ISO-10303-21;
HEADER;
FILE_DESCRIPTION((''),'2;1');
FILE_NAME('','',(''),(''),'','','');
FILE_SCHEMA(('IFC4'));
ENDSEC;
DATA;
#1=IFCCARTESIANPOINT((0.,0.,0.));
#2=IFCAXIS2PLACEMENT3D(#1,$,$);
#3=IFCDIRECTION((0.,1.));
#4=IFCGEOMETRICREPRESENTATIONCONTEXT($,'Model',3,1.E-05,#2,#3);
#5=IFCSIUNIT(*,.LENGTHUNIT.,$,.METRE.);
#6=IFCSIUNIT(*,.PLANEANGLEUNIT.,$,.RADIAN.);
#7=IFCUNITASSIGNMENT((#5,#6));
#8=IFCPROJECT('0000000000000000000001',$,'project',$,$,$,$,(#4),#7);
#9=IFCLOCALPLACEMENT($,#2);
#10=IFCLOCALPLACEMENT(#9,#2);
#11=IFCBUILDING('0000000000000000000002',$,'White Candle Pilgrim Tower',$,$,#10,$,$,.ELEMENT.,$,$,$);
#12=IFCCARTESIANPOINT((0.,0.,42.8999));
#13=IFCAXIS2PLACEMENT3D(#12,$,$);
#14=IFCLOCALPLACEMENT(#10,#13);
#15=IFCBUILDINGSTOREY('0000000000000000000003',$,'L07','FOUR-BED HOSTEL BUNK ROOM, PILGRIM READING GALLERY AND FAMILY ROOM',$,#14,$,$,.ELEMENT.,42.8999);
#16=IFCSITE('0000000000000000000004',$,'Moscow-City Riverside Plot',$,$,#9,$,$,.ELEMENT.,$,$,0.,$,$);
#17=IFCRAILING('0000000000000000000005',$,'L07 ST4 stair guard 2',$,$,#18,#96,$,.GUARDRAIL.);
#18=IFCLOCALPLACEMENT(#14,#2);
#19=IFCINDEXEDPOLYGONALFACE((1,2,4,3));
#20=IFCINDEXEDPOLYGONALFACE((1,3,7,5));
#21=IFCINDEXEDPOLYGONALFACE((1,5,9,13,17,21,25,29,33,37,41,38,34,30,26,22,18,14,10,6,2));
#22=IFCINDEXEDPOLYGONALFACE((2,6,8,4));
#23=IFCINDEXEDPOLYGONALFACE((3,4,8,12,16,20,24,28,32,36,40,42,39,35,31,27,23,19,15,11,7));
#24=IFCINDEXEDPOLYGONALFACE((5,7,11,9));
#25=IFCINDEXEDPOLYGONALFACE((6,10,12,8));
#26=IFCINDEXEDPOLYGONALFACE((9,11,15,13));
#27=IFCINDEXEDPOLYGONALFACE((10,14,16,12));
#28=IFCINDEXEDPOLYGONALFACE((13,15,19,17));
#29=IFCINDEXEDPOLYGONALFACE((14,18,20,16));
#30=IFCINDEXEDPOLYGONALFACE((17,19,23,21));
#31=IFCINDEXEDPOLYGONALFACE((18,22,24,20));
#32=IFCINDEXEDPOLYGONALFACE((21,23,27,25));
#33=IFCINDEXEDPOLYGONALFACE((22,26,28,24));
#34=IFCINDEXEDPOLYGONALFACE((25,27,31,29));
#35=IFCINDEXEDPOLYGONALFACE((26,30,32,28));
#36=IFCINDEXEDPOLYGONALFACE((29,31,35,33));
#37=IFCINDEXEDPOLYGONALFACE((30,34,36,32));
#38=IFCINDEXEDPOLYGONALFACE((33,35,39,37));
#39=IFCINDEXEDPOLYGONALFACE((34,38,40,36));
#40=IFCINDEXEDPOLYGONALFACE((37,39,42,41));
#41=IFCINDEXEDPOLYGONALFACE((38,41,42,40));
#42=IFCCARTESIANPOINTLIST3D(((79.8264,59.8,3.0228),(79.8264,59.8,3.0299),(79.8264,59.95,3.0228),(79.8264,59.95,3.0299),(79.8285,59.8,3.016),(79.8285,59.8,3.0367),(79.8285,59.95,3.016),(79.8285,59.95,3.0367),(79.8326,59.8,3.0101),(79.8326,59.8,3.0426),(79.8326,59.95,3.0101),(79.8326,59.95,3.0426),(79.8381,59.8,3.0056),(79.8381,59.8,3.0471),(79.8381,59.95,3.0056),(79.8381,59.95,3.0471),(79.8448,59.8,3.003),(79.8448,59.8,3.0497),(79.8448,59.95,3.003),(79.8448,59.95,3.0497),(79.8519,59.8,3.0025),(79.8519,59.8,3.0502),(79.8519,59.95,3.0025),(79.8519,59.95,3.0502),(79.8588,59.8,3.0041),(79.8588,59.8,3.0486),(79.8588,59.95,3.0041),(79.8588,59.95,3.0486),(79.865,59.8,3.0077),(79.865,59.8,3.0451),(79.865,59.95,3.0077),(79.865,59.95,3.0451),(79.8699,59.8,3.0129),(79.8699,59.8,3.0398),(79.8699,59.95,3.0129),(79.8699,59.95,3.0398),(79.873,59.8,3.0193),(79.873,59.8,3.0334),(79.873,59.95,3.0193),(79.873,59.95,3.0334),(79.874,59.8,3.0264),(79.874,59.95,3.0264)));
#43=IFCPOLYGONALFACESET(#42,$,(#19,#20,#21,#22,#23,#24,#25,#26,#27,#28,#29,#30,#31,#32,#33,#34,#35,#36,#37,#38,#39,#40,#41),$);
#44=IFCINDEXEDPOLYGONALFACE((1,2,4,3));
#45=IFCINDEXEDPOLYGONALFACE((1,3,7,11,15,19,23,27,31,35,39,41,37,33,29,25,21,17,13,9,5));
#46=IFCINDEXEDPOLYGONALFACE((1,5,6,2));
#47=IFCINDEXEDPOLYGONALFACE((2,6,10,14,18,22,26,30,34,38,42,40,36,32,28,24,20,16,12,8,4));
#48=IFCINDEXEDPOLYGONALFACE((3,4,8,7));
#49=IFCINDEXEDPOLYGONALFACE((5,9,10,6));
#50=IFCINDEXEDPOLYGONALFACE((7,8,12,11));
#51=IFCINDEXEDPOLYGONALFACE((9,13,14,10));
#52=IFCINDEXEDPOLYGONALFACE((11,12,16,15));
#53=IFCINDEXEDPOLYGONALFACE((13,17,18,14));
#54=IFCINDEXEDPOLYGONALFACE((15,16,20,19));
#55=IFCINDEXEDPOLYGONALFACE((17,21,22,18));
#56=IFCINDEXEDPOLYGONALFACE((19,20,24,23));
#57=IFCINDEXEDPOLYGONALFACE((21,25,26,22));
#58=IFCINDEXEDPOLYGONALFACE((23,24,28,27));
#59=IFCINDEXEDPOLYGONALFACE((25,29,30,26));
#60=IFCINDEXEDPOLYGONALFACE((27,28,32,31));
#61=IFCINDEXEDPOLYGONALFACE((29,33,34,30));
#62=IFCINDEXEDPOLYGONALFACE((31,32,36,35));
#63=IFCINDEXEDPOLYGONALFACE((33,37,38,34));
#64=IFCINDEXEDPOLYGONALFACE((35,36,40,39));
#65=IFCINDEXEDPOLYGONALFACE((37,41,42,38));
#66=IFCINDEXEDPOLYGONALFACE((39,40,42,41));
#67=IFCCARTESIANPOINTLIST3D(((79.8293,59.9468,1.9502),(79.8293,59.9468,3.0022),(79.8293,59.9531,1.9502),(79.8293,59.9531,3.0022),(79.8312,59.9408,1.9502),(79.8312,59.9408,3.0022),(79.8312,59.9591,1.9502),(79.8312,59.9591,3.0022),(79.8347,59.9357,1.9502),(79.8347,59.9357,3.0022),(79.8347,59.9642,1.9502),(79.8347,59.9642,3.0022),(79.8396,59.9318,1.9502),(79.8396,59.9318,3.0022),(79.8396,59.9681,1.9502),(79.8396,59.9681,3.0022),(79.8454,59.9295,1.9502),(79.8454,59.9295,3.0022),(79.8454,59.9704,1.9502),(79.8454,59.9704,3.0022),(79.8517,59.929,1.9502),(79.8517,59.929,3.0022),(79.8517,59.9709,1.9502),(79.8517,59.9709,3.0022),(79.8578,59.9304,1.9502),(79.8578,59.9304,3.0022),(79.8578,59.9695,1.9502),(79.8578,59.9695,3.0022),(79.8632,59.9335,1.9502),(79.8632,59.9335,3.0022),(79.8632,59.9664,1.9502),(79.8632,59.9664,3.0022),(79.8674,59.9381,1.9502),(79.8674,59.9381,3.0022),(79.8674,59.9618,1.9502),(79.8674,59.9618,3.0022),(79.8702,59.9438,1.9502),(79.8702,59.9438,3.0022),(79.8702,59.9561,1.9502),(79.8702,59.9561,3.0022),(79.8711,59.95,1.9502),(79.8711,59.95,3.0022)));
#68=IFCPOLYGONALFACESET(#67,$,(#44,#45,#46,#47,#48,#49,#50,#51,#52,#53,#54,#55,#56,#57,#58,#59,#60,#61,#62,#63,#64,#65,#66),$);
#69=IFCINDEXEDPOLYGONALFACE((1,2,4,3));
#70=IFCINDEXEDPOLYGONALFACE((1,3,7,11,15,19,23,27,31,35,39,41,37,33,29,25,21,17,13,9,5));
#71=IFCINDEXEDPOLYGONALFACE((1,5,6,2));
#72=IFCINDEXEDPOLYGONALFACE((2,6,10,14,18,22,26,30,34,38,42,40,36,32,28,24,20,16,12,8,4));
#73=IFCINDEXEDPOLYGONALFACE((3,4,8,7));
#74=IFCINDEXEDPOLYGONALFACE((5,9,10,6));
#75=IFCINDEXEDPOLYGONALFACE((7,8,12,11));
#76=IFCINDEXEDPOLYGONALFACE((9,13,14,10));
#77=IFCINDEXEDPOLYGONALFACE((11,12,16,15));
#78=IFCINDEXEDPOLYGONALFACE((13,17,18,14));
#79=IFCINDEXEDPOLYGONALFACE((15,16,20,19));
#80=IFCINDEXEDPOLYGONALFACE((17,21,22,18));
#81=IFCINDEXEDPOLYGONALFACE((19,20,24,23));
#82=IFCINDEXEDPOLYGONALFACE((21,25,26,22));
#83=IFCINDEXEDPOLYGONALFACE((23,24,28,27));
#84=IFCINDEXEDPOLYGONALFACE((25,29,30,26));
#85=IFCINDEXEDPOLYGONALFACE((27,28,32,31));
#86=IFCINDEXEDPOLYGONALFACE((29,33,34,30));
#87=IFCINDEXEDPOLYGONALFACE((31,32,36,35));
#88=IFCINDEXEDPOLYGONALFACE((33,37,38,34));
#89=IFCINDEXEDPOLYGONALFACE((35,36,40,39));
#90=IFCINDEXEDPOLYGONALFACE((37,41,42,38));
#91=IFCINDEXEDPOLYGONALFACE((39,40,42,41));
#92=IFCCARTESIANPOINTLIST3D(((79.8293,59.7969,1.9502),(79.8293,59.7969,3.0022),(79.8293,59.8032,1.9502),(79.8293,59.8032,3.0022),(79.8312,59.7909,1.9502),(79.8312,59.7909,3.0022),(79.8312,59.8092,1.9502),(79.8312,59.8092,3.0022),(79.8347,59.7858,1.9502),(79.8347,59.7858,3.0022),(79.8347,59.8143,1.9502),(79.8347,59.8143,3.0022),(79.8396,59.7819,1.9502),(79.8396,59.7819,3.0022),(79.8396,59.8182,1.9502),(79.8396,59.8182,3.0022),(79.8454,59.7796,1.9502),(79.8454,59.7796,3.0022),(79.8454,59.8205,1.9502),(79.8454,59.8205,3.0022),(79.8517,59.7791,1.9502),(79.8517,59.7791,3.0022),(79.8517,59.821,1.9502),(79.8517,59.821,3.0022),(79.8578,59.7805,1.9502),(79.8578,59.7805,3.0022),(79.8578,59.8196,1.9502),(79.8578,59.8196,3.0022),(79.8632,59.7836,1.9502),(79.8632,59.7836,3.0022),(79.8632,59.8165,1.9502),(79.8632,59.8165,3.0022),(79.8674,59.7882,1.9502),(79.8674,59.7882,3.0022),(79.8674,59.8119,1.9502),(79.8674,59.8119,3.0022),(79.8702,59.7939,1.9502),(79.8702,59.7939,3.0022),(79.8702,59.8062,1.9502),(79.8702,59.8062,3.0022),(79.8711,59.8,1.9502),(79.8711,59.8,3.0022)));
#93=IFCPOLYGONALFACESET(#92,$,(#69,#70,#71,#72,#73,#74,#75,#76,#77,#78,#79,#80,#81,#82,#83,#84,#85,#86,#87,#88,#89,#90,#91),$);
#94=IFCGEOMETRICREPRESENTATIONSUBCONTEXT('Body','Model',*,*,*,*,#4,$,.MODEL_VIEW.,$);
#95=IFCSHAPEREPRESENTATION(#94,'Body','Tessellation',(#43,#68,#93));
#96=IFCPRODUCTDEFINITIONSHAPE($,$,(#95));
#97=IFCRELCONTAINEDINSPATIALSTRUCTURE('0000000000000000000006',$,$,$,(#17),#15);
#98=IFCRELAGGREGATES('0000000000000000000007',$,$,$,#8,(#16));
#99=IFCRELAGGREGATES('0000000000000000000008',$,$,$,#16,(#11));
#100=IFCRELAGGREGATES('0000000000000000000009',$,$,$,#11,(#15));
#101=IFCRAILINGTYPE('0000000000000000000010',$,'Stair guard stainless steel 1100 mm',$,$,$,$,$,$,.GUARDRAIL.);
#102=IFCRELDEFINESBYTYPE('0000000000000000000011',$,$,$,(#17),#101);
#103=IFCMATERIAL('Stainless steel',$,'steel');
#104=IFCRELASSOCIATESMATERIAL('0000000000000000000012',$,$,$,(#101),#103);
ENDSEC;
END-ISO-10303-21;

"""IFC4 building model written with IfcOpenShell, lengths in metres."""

from ifc_helpers import new_model, si_unit, direction, frame, origin, origin_2d, place, context, subcontext, project, spatial, circle, extrude, material, type_object, element, save


model = new_model("IFC4")

# Units and contexts
model_context = context("Model", 3, precision=1e-05, world=origin(), true_north=direction((0.0, 1.0)))
body_context = subcontext(model_context, "Body", "Model", "MODEL_VIEW")
ifc_project = project(units=[si_unit("LENGTHUNIT", "METRE"), si_unit("PLANEANGLEUNIT", "RADIAN")], contexts=[model_context])

# Site, building, storey
site_placement = place(None, origin())
site = spatial("IfcSite", under=ifc_project, at=site_placement, Name="Moscow-City Riverside Plot", CompositionType="ELEMENT", RefElevation=0.0)
building_placement = place(site_placement, origin())
building = spatial("IfcBuilding", under=site, at=building_placement, Name="White Candle Pilgrim Tower", CompositionType="ELEMENT")
storey_placement = place(building_placement, frame((0.0, 0.0, 42.8999)))
storey = spatial("IfcBuildingStorey", under=building, at=storey_placement, Name="L07", Description="FOUR-BED HOSTEL BUNK ROOM, PILGRIM READING GALLERY AND FAMILY ROOM", CompositionType="ELEMENT", Elevation=42.8999)

# Railing
ifc_material_1 = material(Name="Stainless steel", Category="steel")
railing_type_1 = type_object("IfcRailingType", Name="Stair guard stainless steel 1100 mm", PredefinedType="GUARDRAIL", material=ifc_material_1)
railing_1_placement = place(storey_placement, frame((79.8501, 59.95, 1.9502)))
element("IfcRailing", 1, at=railing_1_placement, inside=storey, type_object=railing_type_1, Name="L07 ST4 stair guard 2", PredefinedType="GUARDRAIL", context=body_context, shape_type="SweptSolid", body=[
    extrude(circle(Radius=0.0239, at=origin_2d()), frame((0.0, 0.0, 1.0762), z_axis=(0.0, -1.0, 0.0), x_axis=(1.0, 0.0, 0.0)), (0.0, 0.0, 1.0), 0.1499),
    extrude(circle(Radius=0.021, at=origin_2d()), origin(), (0.0, 0.0, 1.0), 1.052),
    extrude(circle(Radius=0.021, at=origin_2d()), frame((0.0, -0.1499, 0.0)), (0.0, 0.0, 1.0), 1.052),
])

save(model, "model.ifc")
